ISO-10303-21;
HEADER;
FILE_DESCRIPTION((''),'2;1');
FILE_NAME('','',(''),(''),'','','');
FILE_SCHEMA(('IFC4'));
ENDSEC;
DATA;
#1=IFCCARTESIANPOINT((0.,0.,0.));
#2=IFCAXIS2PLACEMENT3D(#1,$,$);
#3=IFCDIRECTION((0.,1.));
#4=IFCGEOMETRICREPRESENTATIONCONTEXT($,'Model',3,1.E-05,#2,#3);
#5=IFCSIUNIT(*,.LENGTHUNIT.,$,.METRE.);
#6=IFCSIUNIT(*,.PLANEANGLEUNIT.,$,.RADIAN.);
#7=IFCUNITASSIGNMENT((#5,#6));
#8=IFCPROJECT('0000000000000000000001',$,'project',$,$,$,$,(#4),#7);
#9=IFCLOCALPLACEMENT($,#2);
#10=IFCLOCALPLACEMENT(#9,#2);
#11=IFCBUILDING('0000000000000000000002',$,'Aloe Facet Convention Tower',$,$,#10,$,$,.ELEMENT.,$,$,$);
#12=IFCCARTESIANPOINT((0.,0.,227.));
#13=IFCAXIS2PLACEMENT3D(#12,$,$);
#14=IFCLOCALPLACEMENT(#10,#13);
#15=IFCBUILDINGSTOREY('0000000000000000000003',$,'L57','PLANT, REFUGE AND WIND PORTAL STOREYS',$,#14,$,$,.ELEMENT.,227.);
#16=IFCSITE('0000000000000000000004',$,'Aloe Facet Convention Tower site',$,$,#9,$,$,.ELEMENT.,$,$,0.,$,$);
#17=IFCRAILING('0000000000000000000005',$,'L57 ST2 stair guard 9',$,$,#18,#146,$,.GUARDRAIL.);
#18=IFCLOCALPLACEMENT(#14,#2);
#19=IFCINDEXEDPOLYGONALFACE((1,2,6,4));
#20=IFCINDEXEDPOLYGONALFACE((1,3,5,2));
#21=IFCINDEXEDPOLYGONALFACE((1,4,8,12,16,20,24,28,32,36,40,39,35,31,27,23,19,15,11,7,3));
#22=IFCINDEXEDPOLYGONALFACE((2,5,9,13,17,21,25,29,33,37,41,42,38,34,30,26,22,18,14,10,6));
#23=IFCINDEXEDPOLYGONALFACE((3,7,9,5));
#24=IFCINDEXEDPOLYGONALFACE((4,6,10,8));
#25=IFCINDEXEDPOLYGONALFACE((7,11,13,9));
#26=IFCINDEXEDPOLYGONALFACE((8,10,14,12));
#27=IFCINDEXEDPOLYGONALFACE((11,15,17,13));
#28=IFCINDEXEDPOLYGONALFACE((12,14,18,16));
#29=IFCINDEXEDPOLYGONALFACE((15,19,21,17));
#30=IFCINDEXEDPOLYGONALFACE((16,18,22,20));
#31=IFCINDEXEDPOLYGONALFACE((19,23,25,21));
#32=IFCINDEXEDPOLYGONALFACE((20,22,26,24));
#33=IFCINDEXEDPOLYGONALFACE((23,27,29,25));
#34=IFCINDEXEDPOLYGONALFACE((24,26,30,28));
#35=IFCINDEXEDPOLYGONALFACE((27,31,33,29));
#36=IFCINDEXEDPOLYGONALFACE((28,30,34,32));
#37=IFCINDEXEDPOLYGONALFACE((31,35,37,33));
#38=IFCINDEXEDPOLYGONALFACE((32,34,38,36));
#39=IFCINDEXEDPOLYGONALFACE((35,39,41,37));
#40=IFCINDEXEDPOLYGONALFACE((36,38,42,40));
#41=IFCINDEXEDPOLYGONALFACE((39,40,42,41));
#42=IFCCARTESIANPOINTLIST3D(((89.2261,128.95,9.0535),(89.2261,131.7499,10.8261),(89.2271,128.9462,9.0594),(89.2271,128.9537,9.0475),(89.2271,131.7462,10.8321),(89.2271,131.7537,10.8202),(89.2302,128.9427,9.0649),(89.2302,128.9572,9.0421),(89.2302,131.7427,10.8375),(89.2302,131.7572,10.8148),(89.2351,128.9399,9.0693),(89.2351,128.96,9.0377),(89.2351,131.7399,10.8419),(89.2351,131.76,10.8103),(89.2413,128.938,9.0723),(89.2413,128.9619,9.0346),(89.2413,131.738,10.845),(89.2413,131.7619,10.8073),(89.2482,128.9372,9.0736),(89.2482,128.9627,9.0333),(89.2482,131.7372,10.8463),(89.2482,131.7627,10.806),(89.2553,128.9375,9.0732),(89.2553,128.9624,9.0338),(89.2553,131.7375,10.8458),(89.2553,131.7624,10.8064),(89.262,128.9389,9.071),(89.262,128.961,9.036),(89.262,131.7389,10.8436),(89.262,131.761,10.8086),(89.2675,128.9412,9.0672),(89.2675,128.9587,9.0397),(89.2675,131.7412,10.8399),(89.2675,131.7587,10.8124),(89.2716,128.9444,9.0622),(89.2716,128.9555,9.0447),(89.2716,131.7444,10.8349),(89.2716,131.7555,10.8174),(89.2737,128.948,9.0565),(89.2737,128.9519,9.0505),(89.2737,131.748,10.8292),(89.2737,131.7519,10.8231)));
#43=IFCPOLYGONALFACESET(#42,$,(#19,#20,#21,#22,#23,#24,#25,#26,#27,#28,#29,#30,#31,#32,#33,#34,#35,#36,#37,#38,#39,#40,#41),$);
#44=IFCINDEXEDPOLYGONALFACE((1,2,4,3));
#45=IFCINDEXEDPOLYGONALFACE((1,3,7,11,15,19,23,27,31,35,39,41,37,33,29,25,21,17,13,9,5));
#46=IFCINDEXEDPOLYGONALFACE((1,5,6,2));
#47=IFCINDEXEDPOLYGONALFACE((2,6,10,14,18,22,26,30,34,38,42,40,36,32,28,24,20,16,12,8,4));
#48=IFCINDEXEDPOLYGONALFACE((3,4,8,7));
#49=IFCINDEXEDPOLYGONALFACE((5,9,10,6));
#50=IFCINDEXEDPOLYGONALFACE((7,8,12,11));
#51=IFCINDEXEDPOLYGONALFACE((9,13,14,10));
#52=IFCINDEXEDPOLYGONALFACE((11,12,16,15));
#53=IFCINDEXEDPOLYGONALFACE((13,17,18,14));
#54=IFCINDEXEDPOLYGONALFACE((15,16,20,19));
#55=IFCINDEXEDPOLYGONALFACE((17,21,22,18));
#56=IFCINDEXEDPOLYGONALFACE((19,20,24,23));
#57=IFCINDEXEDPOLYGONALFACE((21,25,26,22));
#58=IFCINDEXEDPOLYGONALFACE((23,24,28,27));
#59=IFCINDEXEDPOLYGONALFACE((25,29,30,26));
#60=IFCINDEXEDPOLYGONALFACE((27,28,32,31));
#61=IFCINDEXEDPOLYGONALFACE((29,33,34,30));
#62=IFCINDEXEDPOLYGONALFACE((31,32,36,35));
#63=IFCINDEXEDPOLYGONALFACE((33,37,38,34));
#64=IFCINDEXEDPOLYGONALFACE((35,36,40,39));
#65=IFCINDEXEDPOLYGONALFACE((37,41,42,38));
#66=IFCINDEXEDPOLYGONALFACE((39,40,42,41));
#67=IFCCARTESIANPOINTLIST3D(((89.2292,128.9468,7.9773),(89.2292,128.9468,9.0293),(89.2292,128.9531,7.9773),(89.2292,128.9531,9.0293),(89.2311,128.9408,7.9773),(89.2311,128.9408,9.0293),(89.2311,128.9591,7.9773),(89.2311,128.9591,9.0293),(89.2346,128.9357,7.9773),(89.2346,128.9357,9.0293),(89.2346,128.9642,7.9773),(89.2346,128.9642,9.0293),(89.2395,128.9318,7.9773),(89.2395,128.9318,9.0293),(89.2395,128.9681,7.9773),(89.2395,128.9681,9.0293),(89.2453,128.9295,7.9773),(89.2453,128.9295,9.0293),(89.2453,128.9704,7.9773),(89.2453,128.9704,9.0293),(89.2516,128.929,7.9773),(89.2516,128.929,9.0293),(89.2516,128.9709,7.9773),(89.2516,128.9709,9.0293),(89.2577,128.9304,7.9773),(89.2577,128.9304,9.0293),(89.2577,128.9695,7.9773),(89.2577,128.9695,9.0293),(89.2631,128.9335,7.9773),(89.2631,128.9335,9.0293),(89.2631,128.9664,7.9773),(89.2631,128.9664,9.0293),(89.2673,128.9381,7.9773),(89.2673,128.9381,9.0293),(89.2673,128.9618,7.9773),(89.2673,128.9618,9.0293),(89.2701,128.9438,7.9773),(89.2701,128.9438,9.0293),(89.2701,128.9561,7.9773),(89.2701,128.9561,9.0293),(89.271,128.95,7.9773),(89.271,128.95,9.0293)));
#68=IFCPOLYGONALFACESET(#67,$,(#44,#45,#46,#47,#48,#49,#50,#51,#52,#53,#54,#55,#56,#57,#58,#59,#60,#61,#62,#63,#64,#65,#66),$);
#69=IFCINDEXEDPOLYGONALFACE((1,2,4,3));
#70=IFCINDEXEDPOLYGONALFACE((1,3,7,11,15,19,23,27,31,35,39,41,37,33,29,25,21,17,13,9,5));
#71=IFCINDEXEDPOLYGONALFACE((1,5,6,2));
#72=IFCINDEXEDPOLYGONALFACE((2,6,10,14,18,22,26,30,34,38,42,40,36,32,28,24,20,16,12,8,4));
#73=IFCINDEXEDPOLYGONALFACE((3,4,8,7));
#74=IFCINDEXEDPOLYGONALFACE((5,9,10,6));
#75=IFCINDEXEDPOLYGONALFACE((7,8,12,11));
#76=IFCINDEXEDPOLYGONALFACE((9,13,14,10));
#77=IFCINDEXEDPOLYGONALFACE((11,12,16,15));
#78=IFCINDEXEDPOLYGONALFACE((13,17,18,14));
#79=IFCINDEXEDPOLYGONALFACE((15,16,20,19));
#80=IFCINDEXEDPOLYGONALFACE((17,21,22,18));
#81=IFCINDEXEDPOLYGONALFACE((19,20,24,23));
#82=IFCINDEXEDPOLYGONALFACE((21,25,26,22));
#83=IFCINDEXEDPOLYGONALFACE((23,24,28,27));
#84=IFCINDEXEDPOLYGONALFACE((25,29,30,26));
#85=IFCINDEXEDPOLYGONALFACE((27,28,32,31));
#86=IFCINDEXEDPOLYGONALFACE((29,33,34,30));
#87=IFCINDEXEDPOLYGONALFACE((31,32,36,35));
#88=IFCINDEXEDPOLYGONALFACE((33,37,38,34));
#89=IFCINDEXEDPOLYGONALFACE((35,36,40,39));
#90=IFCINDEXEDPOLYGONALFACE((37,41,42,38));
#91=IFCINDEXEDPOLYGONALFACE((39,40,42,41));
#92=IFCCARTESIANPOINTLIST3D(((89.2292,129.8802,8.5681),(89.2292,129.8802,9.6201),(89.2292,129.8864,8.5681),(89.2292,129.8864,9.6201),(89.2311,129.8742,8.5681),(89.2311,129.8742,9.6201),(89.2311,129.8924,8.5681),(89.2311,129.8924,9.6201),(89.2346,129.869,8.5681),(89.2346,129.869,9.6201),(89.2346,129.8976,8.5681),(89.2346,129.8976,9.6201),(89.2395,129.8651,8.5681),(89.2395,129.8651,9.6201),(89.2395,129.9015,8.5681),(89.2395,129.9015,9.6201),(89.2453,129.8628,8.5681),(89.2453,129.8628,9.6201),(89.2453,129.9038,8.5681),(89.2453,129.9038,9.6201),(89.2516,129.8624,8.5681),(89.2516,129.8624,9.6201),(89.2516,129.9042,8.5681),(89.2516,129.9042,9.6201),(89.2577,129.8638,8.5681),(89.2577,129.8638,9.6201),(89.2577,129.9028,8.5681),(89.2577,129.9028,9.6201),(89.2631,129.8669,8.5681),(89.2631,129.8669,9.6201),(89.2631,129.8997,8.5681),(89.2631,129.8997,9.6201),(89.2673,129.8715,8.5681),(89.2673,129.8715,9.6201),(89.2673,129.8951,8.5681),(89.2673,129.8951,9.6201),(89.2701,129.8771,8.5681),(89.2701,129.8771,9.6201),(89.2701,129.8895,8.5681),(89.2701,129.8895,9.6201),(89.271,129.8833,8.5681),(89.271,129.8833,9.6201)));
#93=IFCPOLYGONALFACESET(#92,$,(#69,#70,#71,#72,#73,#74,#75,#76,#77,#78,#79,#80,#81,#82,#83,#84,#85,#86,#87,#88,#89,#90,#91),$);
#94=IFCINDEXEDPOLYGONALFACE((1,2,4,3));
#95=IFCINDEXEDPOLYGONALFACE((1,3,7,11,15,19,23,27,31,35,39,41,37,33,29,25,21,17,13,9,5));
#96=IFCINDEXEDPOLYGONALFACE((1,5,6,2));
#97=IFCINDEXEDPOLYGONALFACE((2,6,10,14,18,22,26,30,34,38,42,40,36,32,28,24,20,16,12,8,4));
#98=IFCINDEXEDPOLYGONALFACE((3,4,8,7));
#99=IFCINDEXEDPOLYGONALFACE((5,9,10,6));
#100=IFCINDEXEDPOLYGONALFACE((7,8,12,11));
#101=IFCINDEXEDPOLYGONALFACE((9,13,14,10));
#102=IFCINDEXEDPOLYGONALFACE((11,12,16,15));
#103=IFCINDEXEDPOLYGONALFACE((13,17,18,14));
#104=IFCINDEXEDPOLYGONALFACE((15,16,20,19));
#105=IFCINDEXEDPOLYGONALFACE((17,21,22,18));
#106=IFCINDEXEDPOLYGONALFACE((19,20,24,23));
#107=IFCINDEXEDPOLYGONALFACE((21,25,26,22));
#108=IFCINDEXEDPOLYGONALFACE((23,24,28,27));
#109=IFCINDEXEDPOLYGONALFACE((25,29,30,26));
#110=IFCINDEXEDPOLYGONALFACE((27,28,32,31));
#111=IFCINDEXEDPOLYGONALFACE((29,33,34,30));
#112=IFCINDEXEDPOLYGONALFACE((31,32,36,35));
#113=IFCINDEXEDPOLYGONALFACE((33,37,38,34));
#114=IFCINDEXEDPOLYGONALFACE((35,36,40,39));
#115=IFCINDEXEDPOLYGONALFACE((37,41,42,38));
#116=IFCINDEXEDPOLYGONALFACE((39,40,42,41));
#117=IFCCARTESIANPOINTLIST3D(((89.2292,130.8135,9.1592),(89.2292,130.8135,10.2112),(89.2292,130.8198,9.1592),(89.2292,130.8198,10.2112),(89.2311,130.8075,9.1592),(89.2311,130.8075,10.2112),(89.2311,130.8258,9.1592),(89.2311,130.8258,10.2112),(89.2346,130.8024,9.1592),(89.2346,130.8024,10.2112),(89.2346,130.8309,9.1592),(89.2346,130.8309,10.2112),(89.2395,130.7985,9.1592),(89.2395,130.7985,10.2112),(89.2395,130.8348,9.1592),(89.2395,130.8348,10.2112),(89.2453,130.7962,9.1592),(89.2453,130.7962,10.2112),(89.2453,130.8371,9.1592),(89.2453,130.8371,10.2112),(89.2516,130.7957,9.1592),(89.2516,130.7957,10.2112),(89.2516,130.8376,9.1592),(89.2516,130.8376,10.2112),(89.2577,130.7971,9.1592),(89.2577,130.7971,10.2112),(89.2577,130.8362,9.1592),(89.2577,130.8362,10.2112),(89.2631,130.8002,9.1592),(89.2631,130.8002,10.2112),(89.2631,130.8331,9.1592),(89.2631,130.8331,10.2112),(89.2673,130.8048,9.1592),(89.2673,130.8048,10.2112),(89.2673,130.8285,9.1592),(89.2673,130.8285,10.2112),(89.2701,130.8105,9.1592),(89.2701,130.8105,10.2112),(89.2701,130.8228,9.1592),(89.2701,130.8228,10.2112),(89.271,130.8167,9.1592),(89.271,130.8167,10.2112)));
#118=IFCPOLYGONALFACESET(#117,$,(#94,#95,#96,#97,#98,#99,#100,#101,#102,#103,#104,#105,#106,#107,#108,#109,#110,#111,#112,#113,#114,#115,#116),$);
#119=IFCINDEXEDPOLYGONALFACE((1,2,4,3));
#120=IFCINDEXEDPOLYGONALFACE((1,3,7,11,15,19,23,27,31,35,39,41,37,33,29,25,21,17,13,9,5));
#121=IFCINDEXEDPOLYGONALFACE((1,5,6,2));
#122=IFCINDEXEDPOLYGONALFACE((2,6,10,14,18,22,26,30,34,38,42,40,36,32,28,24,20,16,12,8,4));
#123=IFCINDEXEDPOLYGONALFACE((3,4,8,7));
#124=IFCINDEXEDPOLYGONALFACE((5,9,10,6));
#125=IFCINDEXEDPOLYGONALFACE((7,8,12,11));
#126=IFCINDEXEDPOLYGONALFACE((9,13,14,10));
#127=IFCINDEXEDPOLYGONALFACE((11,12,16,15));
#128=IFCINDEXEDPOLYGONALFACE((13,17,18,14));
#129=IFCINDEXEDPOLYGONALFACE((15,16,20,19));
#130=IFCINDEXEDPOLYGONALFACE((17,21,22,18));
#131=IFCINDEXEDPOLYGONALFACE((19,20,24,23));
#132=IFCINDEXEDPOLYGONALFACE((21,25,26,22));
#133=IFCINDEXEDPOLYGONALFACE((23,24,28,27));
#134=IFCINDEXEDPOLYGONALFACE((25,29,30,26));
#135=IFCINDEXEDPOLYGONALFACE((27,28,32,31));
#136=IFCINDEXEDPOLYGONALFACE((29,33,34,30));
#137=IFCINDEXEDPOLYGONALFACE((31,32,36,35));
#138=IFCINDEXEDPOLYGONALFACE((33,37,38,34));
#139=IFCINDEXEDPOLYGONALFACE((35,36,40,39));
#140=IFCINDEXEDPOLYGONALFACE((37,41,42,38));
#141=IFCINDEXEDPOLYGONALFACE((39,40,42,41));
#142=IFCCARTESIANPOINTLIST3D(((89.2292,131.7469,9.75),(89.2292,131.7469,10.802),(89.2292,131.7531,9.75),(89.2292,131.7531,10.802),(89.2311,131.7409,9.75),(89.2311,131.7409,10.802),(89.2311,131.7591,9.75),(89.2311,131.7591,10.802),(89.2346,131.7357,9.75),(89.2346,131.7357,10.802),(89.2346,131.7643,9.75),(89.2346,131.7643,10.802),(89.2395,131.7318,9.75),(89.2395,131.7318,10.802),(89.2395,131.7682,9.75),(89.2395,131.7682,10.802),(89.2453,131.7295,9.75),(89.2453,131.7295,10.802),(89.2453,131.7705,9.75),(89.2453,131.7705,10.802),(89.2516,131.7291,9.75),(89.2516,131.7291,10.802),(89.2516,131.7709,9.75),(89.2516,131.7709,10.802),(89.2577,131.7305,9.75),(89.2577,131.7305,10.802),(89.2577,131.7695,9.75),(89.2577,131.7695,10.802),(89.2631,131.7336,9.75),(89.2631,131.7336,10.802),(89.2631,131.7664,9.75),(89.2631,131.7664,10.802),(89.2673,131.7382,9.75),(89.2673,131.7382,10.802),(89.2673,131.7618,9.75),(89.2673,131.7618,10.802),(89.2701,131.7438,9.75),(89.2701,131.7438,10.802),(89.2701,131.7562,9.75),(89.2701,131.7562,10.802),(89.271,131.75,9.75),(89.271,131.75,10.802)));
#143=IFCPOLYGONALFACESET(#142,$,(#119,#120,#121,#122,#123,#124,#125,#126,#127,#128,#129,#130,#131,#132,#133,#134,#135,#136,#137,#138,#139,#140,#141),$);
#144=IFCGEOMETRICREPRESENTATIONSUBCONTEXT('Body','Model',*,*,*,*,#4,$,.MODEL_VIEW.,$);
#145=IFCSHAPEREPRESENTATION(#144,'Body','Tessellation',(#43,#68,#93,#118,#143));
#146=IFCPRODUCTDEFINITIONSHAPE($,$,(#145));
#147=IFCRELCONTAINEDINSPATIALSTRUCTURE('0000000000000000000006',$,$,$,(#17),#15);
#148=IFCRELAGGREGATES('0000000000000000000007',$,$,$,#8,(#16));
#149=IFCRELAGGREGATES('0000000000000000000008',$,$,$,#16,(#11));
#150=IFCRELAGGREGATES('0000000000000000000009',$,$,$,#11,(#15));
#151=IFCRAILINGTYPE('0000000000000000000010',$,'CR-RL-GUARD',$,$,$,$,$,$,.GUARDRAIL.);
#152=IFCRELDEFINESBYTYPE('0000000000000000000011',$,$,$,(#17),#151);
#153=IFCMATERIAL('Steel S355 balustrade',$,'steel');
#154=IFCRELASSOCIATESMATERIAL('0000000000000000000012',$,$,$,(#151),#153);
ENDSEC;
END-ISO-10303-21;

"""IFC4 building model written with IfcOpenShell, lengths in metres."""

from ifc_helpers import new_model, si_unit, direction, frame, origin, origin_2d, place, context, subcontext, project, spatial, circle, extrude, material, type_object, element, save


model = new_model("IFC4")

# Units and contexts
model_context = context("Model", 3, precision=1e-05, world=origin(), true_north=direction((0.0, 1.0)))
body_context = subcontext(model_context, "Body", "Model", "MODEL_VIEW")
ifc_project = project(units=[si_unit("LENGTHUNIT", "METRE"), si_unit("PLANEANGLEUNIT", "RADIAN")], contexts=[model_context])

# Site, building, storey
site_placement = place(None, origin())
site = spatial("IfcSite", under=ifc_project, at=site_placement, Name="Aloe Facet Convention Tower site", CompositionType="ELEMENT", RefElevation=0.0)
building_placement = place(site_placement, origin())
building = spatial("IfcBuilding", under=site, at=building_placement, Name="Aloe Facet Convention Tower", CompositionType="ELEMENT")
storey_placement = place(building_placement, frame((0.0, 0.0, 227.0)))
storey = spatial("IfcBuildingStorey", under=building, at=storey_placement, Name="L57", Description="PLANT, REFUGE AND WIND PORTAL STOREYS", CompositionType="ELEMENT", Elevation=227.0)

# Railing
ifc_material_1 = material(Name="Steel S355 balustrade", Category="steel")
railing_type_1 = type_object("IfcRailingType", Name="CR-RL-GUARD", PredefinedType="GUARDRAIL", material=ifc_material_1)
railing_1_placement = place(storey_placement, frame((89.25, 128.95, 7.9773)))
element("IfcRailing", 1, at=railing_1_placement, inside=storey, type_object=railing_type_1, Name="L57 ST2 stair guard 9", PredefinedType="GUARDRAIL", context=body_context, shape_type="SweptSolid", body=[
    extrude(circle(Radius=0.0239, at=origin_2d()), frame((0.0, 0.0, 1.0762), z_axis=(0.0, 0.844909, 0.53491), x_axis=(-1.0, 0.0, 0.0)), (0.0, 0.0, 1.0), 3.314),
    extrude(circle(Radius=0.021, at=origin_2d()), origin(), (0.0, 0.0, 1.0), 1.052),
    extrude(circle(Radius=0.021, at=origin_2d()), frame((0.0, 0.9333, 0.5908)), (0.0, 0.0, 1.0), 1.052),
    extrude(circle(Radius=0.021, at=origin_2d()), frame((0.0, 1.8667, 1.1819)), (0.0, 0.0, 1.0), 1.052),
    extrude(circle(Radius=0.021, at=origin_2d()), frame((0.0, 2.8, 1.7727)), (0.0, 0.0, 1.0), 1.052),
])

save(model, "model.ifc")
